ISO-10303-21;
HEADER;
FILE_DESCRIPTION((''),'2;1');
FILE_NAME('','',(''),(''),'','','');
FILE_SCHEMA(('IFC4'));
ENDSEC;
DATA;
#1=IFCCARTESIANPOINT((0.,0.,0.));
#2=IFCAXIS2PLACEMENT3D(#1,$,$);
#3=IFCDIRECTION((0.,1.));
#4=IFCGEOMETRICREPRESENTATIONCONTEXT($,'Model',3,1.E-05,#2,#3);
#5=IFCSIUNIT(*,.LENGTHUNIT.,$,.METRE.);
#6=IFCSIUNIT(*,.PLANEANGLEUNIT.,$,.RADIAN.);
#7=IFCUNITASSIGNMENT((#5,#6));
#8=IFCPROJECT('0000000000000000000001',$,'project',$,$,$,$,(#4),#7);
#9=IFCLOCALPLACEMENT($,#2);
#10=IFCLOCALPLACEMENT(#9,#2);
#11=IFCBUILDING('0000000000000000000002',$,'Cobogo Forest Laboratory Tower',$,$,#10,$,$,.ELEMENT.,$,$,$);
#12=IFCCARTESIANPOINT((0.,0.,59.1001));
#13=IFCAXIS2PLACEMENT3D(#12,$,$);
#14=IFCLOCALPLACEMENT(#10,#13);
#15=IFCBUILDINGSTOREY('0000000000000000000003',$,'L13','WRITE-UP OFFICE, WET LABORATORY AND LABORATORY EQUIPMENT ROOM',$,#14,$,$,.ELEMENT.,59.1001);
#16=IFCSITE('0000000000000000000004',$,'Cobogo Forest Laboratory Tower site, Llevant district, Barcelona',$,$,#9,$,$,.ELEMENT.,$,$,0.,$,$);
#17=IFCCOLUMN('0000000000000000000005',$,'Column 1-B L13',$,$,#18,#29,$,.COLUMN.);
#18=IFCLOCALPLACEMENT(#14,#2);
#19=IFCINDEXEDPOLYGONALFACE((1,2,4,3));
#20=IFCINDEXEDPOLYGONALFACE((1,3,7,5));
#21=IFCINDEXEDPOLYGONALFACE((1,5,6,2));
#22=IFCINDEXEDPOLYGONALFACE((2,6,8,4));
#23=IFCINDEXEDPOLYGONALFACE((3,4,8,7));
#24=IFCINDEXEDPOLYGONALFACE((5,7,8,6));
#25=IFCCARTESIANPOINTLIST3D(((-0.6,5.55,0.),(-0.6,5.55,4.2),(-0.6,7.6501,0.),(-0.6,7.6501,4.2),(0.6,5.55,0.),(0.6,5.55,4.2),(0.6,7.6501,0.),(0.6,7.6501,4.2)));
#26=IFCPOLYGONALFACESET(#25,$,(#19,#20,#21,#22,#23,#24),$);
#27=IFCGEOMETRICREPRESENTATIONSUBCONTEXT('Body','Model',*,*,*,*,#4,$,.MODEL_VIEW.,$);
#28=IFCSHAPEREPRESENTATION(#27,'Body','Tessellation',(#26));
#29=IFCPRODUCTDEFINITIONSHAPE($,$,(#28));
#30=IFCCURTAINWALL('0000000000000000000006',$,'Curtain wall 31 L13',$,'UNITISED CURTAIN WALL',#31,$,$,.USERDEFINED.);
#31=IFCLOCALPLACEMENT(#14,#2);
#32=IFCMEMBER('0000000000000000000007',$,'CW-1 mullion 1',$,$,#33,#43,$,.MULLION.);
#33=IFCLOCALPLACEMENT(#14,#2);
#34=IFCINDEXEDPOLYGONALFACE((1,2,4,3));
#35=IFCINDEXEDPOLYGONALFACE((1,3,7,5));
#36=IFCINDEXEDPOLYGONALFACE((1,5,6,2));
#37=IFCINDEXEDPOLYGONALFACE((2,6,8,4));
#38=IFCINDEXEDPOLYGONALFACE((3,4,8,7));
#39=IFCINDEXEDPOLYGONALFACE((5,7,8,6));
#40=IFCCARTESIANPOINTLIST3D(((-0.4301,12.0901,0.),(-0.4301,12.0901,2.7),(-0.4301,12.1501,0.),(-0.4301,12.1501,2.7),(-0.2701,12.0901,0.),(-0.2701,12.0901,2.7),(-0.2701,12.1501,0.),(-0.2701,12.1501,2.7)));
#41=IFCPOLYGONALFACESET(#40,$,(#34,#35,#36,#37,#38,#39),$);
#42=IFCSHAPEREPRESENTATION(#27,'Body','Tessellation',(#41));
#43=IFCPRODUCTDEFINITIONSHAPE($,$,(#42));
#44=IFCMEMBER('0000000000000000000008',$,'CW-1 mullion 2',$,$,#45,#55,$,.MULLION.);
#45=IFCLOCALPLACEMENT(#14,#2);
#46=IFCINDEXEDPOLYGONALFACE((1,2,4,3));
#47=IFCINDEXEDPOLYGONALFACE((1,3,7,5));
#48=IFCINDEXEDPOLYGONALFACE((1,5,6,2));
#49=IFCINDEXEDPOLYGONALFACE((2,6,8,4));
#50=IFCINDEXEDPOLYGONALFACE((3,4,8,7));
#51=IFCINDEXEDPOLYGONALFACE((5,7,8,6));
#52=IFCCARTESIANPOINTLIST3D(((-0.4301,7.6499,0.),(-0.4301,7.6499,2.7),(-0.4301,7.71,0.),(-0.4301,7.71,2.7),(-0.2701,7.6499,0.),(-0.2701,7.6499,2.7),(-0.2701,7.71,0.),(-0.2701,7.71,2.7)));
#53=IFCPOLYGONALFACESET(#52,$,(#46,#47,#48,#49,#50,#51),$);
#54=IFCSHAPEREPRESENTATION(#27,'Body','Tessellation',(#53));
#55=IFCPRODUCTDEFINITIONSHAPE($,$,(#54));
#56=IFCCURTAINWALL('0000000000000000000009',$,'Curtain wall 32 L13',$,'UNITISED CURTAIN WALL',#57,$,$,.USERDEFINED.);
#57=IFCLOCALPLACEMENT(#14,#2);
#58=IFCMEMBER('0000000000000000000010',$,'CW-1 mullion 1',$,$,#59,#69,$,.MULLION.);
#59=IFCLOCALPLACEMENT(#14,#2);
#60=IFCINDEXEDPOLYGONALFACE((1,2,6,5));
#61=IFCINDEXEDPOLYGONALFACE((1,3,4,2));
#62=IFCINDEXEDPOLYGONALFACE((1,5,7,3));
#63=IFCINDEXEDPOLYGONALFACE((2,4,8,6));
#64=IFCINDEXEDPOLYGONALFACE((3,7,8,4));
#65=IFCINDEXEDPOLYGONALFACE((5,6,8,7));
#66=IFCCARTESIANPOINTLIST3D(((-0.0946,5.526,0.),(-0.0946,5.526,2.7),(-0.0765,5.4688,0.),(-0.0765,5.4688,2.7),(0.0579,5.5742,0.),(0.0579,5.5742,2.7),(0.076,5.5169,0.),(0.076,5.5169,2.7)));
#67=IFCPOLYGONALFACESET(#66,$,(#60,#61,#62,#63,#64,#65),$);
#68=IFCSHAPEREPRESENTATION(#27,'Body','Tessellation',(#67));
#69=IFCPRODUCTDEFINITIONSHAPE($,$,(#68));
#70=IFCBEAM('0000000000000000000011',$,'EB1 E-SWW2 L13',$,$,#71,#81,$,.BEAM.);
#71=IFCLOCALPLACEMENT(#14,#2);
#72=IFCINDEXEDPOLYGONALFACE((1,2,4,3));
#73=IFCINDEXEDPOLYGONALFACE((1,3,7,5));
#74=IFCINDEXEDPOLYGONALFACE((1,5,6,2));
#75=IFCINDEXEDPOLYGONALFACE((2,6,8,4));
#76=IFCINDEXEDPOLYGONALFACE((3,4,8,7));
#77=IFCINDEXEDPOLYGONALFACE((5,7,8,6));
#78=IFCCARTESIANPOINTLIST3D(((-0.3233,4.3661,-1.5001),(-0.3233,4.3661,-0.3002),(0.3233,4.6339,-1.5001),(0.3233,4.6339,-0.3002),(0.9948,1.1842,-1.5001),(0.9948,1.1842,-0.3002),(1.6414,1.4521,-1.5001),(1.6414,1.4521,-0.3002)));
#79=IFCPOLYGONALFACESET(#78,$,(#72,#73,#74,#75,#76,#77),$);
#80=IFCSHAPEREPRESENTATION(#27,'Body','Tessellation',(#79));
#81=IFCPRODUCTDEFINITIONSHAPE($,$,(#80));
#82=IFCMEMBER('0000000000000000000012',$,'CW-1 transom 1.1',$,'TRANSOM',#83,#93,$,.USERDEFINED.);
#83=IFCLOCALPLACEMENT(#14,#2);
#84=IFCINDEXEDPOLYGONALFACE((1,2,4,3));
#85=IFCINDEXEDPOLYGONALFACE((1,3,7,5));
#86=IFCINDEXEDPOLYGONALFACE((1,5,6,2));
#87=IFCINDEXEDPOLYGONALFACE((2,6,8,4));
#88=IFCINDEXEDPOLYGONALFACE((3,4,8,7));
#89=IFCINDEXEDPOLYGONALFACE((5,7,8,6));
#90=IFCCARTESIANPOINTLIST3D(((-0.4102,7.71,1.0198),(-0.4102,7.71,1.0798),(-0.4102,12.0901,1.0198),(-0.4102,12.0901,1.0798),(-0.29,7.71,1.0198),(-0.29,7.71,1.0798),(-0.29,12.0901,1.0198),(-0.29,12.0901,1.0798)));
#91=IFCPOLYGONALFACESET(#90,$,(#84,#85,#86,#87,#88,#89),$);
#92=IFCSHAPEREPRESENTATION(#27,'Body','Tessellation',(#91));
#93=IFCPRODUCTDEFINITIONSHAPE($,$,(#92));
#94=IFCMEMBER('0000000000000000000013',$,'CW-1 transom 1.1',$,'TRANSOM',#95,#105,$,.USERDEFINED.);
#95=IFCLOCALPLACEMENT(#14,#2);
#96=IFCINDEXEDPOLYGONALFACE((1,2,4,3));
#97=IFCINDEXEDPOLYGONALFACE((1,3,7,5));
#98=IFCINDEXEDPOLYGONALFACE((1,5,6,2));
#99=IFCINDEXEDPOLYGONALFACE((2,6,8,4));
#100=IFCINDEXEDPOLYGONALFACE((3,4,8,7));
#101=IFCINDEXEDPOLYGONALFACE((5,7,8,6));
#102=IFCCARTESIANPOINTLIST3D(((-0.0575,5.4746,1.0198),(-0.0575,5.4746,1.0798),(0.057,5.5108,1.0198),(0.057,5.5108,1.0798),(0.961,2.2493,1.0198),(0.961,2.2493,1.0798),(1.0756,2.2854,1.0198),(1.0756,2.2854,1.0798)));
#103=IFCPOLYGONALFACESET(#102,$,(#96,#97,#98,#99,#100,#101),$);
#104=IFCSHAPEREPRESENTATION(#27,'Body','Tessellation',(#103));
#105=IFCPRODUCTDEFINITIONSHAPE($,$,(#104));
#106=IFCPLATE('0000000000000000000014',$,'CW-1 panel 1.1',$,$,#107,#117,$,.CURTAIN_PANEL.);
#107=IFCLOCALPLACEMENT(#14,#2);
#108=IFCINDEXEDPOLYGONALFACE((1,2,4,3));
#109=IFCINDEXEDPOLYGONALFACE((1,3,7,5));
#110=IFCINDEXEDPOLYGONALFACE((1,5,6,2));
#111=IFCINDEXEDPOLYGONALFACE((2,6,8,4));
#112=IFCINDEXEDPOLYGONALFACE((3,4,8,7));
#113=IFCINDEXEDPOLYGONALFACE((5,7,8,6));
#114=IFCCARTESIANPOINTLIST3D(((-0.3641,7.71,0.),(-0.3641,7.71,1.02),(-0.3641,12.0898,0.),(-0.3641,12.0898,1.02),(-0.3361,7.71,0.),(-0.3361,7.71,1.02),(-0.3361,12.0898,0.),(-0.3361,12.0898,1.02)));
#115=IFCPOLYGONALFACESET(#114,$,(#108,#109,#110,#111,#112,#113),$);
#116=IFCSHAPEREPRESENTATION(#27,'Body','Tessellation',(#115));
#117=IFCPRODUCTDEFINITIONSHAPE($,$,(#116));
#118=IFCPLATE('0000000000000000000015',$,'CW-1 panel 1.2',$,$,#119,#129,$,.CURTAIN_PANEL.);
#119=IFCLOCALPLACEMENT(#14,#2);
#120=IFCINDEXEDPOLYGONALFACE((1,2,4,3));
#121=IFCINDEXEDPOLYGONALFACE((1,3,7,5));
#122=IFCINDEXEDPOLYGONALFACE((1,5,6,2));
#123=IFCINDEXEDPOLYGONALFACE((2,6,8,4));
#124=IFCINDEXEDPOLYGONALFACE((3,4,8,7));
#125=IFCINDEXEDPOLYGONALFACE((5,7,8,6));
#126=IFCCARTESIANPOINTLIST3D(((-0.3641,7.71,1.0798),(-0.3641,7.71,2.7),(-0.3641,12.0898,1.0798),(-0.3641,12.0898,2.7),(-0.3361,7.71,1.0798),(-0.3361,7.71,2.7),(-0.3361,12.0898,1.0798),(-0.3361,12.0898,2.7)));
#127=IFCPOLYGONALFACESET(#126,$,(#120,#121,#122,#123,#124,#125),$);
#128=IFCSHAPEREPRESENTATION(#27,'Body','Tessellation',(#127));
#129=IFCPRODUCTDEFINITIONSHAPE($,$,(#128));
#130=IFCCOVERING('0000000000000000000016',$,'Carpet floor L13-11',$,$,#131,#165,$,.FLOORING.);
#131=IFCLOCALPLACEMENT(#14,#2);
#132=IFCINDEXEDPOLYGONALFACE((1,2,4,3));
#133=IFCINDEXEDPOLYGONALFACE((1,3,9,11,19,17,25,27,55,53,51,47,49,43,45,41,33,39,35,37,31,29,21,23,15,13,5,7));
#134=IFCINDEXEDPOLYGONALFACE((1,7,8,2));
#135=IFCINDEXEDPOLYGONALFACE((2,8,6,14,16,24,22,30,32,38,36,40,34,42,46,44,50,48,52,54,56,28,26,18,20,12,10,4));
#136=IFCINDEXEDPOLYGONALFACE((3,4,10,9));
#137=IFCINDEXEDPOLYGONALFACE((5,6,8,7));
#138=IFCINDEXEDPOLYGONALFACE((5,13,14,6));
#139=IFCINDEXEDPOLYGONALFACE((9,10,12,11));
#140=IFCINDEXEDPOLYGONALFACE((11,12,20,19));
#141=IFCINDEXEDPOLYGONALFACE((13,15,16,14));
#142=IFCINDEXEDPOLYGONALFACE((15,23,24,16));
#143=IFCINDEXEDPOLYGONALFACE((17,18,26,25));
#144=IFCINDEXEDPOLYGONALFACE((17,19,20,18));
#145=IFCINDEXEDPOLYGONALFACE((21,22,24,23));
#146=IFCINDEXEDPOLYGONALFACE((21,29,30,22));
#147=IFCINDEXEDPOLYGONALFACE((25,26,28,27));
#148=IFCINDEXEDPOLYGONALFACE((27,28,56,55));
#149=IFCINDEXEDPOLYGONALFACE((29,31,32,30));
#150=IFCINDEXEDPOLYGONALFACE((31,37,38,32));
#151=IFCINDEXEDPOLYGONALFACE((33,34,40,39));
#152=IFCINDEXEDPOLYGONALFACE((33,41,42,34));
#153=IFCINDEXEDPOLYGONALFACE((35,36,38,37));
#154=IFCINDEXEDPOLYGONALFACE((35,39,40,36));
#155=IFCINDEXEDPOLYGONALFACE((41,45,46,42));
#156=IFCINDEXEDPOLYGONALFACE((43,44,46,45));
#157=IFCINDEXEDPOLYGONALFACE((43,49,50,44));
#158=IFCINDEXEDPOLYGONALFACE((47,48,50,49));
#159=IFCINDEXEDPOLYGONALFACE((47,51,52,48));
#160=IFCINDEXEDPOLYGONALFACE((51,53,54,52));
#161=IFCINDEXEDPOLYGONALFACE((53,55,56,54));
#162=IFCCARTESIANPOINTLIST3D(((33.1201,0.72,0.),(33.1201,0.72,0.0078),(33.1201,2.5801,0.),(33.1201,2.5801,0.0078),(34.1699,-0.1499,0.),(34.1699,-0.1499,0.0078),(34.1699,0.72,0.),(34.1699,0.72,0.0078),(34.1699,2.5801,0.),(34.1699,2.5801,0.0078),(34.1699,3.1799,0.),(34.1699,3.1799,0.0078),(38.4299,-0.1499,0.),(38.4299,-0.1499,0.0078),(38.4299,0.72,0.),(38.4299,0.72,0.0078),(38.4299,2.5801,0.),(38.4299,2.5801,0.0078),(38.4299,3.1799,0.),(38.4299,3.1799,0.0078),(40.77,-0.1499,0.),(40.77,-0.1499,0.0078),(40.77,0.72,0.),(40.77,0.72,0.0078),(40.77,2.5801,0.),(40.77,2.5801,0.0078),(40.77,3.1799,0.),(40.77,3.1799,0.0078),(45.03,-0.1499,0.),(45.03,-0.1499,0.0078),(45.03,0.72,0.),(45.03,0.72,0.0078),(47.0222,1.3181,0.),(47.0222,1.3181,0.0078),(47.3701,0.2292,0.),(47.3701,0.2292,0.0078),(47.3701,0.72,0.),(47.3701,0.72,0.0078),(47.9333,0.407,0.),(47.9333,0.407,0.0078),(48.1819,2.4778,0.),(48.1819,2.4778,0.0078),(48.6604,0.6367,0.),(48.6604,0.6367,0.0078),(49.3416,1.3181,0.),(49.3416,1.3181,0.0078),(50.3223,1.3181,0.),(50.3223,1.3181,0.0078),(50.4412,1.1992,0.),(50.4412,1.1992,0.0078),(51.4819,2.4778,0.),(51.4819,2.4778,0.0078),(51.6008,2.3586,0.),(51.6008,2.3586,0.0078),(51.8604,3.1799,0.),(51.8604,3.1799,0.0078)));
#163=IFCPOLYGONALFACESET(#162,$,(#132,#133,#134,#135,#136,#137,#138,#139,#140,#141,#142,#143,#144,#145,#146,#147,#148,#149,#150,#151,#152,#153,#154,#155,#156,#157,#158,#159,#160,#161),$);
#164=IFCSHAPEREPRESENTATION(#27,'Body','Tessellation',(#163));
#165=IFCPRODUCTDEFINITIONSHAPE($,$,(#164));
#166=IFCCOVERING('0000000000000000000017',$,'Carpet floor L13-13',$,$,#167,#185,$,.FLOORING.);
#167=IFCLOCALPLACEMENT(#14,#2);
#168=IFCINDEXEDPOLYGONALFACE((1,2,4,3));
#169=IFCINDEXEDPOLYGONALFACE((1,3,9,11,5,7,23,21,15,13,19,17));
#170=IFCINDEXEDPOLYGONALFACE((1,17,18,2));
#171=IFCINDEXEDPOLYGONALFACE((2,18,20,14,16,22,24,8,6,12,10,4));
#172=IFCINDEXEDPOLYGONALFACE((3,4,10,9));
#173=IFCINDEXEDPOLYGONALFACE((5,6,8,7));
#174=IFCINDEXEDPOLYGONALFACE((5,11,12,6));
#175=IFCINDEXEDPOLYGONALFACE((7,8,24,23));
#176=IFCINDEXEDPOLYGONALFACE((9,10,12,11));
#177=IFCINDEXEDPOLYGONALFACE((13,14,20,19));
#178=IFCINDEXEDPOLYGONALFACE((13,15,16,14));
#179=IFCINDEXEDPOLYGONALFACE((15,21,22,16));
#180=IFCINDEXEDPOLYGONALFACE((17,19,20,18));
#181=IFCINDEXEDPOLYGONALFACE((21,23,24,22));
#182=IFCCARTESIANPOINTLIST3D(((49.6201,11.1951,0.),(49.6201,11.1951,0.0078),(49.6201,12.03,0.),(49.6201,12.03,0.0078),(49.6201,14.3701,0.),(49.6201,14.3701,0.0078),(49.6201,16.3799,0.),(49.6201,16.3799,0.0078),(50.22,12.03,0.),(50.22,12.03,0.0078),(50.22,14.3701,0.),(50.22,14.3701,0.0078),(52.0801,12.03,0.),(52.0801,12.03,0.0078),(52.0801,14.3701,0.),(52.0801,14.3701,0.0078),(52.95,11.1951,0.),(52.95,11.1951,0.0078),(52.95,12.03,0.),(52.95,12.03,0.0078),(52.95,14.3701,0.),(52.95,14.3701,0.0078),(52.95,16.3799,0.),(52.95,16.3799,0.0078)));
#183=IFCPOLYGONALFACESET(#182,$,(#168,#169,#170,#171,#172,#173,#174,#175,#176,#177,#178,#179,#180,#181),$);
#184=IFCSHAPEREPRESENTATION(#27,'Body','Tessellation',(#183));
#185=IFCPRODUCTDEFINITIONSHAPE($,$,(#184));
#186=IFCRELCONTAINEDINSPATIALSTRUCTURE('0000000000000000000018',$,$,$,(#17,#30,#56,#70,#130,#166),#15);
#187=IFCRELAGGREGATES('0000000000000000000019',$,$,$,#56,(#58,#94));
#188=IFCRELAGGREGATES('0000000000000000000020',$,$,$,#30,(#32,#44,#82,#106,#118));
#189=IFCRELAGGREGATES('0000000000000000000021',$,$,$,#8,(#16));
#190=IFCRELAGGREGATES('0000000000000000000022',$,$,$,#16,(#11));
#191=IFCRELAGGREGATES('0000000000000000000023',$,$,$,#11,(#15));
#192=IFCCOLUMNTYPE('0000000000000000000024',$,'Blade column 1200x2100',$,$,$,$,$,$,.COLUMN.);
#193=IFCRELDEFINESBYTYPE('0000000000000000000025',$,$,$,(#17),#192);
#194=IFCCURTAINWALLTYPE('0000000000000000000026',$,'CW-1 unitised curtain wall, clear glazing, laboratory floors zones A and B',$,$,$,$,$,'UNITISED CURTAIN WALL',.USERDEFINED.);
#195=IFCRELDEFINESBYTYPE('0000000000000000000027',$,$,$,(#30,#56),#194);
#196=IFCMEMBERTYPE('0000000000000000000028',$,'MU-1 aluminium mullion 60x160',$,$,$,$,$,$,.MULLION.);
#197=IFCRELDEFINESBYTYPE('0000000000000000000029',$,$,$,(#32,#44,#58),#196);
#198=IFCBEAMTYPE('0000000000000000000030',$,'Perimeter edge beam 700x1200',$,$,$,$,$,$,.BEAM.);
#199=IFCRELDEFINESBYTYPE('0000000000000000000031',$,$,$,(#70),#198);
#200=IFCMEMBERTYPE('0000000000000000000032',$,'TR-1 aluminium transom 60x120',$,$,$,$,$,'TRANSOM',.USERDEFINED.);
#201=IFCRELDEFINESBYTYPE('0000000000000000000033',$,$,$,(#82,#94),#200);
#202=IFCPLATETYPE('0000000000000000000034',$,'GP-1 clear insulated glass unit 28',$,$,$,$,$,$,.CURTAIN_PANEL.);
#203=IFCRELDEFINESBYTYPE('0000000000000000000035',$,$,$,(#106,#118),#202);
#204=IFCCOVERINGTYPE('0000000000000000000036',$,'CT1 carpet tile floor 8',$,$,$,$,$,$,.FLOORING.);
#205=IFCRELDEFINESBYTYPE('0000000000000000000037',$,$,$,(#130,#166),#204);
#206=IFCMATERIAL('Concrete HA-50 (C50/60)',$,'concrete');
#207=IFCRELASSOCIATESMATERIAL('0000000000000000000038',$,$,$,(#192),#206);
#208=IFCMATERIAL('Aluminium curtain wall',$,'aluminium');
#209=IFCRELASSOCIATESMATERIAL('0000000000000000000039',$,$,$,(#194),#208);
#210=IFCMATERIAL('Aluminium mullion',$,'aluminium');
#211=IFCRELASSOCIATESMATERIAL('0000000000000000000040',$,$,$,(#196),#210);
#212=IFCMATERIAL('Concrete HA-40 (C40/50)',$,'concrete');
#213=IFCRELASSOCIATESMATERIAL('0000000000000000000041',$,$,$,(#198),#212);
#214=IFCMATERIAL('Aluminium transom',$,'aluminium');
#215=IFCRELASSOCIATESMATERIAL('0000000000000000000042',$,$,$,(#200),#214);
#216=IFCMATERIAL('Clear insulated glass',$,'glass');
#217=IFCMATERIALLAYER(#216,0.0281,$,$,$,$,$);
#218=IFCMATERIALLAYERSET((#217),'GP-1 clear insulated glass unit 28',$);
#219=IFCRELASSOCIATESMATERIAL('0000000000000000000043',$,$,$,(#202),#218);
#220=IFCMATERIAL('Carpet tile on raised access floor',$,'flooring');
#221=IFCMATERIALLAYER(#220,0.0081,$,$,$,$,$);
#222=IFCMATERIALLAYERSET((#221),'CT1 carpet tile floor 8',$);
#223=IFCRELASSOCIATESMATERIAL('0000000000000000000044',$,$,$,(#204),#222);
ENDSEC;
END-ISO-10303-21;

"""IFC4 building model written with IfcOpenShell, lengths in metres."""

from ifc_helpers import new_model, si_unit, direction, frame, origin, origin_2d, place, context, subcontext, project, spatial, polyline, rectangle, outline, extrude, material, layer, layer_set, material_profile, profile_set, type_object, element, aggregate, save


model = new_model("IFC4")

# Units and contexts
model_context = context("Model", 3, precision=1e-05, world=origin(), true_north=direction((0.0, 1.0)))
body_context = subcontext(model_context, "Body", "Model", "MODEL_VIEW")
ifc_project = project(units=[si_unit("LENGTHUNIT", "METRE"), si_unit("PLANEANGLEUNIT", "RADIAN")], contexts=[model_context])

# Site, building, storey
site_placement = place(None, origin())
site = spatial("IfcSite", under=ifc_project, at=site_placement, Name="Cobogo Forest Laboratory Tower site, Llevant district, Barcelona", CompositionType="ELEMENT", RefElevation=0.0)
building_placement = place(site_placement, origin())
building = spatial("IfcBuilding", under=site, at=building_placement, Name="Cobogo Forest Laboratory Tower", CompositionType="ELEMENT")
storey_placement = place(building_placement, frame((0.0, 0.0, 59.1001)))
storey = spatial("IfcBuildingStorey", under=building, at=storey_placement, Name="L13", Description="WRITE-UP OFFICE, WET LABORATORY AND LABORATORY EQUIPMENT ROOM", CompositionType="ELEMENT", Elevation=59.1001)

# Column
ifc_material_1 = material(Name="Concrete HA-50 (C50/60)", Category="concrete")
ifc_material_profile_1 = material_profile(ifc_material_1, rectangle(XDim=2.1001, YDim=1.2, at=origin_2d()), Name="RC 1200x2100")
ifc_profile_set_1 = profile_set([ifc_material_profile_1], Name="Concrete HA-50 (C50/60)")
column_type = type_object("IfcColumnType", Name="Blade column 1200x2100", PredefinedType="COLUMN", material=ifc_profile_set_1)
column_placement = place(storey_placement, frame((0.0, 6.6001, 0.0), z_axis=(0.0, 0.0, 1.0), x_axis=(0.0, 1.0, 0.0)))
element("IfcColumn", 1, at=column_placement, inside=storey, type_object=column_type, Name="Column 1-B L13", PredefinedType="COLUMN", context=body_context, shape_type="SweptSolid", body=[
    extrude(rectangle(XDim=2.1001, YDim=1.2, at=origin_2d()), origin(), (0.0, 0.0, 1.0), 4.2),
])

# Curtain wall, members
ifc_material_2 = material(Name="Aluminium curtain wall", Category="aluminium")
curtain_wall_type = type_object("IfcCurtainWallType", Name="CW-1 unitised curtain wall, clear glazing, laboratory floors zones A and B", ElementType="UNITISED CURTAIN WALL", PredefinedType="USERDEFINED", material=ifc_material_2)
curtain_wall_1_placement = place(storey_placement, origin())
curtain_wall_1 = element("IfcCurtainWall", 2, at=curtain_wall_1_placement, inside=storey, type_object=curtain_wall_type, Name="Curtain wall 31 L13", ObjectType="UNITISED CURTAIN WALL", PredefinedType="USERDEFINED")
ifc_material_3 = material(Name="Aluminium mullion", Category="aluminium")
ifc_material_profile_2 = material_profile(ifc_material_3, rectangle(XDim=0.0601, YDim=0.1599, at=origin_2d()), Name="AL 60x160")
ifc_profile_set_2 = profile_set([ifc_material_profile_2], Name="Aluminium mullion")
member_type_1 = type_object("IfcMemberType", Name="MU-1 aluminium mullion 60x160", PredefinedType="MULLION", material=ifc_profile_set_2)
member_1_placement = place(storey_placement, frame((-0.3501, 12.1201, 0.0), z_axis=(0.0, 0.0, 1.0), x_axis=(0.0, -1.0, 0.0)))
member_1 = element("IfcMember", 3, at=member_1_placement, type_object=member_type_1, Name="CW-1 mullion 1", PredefinedType="MULLION", context=body_context, shape_type="SweptSolid", body=[
    extrude(rectangle(XDim=0.0601, YDim=0.1599, at=origin_2d()), origin(), (0.0, 0.0, 1.0), 2.7),
])
member_2_placement = place(storey_placement, frame((-0.3501, 7.6799, 0.0), z_axis=(0.0, 0.0, 1.0), x_axis=(0.0, -1.0, 0.0)))
member_2 = element("IfcMember", 4, at=member_2_placement, type_object=member_type_1, Name="CW-1 mullion 2", PredefinedType="MULLION", context=body_context, shape_type="SweptSolid", body=[
    extrude(rectangle(XDim=0.0601, YDim=0.1599, at=origin_2d()), origin(), (0.0, 0.0, 1.0), 2.7),
])

# Curtain wall, member
curtain_wall_2_placement = place(storey_placement, origin())
curtain_wall_2 = element("IfcCurtainWall", 5, at=curtain_wall_2_placement, inside=storey, type_object=curtain_wall_type, Name="Curtain wall 32 L13", ObjectType="UNITISED CURTAIN WALL", PredefinedType="USERDEFINED")
member_3_placement = place(storey_placement, frame((-0.0093, 5.5215, 0.0), z_axis=(0.0, 0.0, 1.0), x_axis=(0.301135, -0.953581, 0.0)))
member_3 = element("IfcMember", 6, at=member_3_placement, type_object=member_type_1, Name="CW-1 mullion 1", PredefinedType="MULLION", context=body_context, shape_type="SweptSolid", body=[
    extrude(rectangle(XDim=0.0601, YDim=0.1599, at=origin_2d()), origin(), (0.0, 0.0, 1.0), 2.7),
])

# Beam
ifc_material_4 = material(Name="Concrete HA-40 (C40/50)", Category="concrete")
ifc_material_profile_3 = material_profile(ifc_material_4, rectangle(XDim=0.7, YDim=1.2, at=origin_2d()), Name="RC 700x1200")
ifc_profile_set_3 = profile_set([ifc_material_profile_3], Name="Concrete HA-40 (C40/50)")
beam_type = type_object("IfcBeamType", Name="Perimeter edge beam 700x1200", PredefinedType="BEAM", material=ifc_profile_set_3)
beam_placement = place(storey_placement, frame((0.0, 4.5, -0.9001), z_axis=(0.382717, -0.923866, 0.0), x_axis=(0.923866, 0.382717, 0.0)))
element("IfcBeam", 7, at=beam_placement, inside=storey, type_object=beam_type, Name="EB1 E-SWW2 L13", PredefinedType="BEAM", context=body_context, shape_type="SweptSolid", body=[
    extrude(rectangle(XDim=0.7, YDim=1.2, at=origin_2d()), origin(), (0.0, 0.0, 1.0), 3.4441),
])

# Members
ifc_material_5 = material(Name="Aluminium transom", Category="aluminium")
ifc_material_profile_4 = material_profile(ifc_material_5, rectangle(XDim=0.1201, YDim=0.0601, at=origin_2d()), Name="AL 60x120")
ifc_profile_set_4 = profile_set([ifc_material_profile_4], Name="Aluminium transom")
member_type_2 = type_object("IfcMemberType", Name="TR-1 aluminium transom 60x120", ElementType="TRANSOM", PredefinedType="USERDEFINED", material=ifc_profile_set_4)
member_4_placement = place(storey_placement, frame((-0.3501, 12.0901, 1.0498), z_axis=(0.0, -1.0, 0.0), x_axis=(1.0, 0.0, 0.0)))
member_4 = element("IfcMember", 8, at=member_4_placement, type_object=member_type_2, Name="CW-1 transom 1.1", ObjectType="TRANSOM", PredefinedType="USERDEFINED", context=body_context, shape_type="SweptSolid", body=[
    extrude(rectangle(XDim=0.1201, YDim=0.0601, at=origin_2d()), origin(), (0.0, 0.0, 1.0), 4.3801),
])
member_5_placement = place(storey_placement, frame((-0.0002, 5.4927, 1.0498), z_axis=(0.301138, -0.95358, 0.0), x_axis=(0.95358, 0.301138, 0.0)))
member_5 = element("IfcMember", 9, at=member_5_placement, type_object=member_type_2, Name="CW-1 transom 1.1", ObjectType="TRANSOM", PredefinedType="USERDEFINED", context=body_context, shape_type="SweptSolid", body=[
    extrude(rectangle(XDim=0.1201, YDim=0.0601, at=origin_2d()), origin(), (0.0, 0.0, 1.0), 3.3823),
])
aggregate(curtain_wall_2, [member_3, member_5])

# Plates
ifc_material_6 = material(Name="Clear insulated glass", Category="glass")
ifc_layer_1 = layer(ifc_material_6, 0.0281)
ifc_layer_set_1 = layer_set([ifc_layer_1], Name="GP-1 clear insulated glass unit 28")
plate_type_1 = type_object("IfcPlateType", Name="GP-1 clear insulated glass unit 28", PredefinedType="CURTAIN_PANEL", material=ifc_layer_set_1)
plate_1_placement = place(storey_placement, frame((-0.3501, 9.8999, 0.0), z_axis=(0.0, 0.0, 1.0), x_axis=(0.0, -1.0, 0.0)))
plate_1 = element("IfcPlate", 10, at=plate_1_placement, type_object=plate_type_1, Name="CW-1 panel 1.1", PredefinedType="CURTAIN_PANEL", context=body_context, shape_type="SweptSolid", body=[
    extrude(rectangle(XDim=4.3799, YDim=0.0281, at=origin_2d()), origin(), (0.0, 0.0, 1.0), 1.02),
])
plate_2_placement = place(storey_placement, frame((-0.3501, 9.8999, 1.0798), z_axis=(0.0, 0.0, 1.0), x_axis=(0.0, -1.0, 0.0)))
plate_2 = element("IfcPlate", 11, at=plate_2_placement, type_object=plate_type_1, Name="CW-1 panel 1.2", PredefinedType="CURTAIN_PANEL", context=body_context, shape_type="SweptSolid", body=[
    extrude(rectangle(XDim=4.3799, YDim=0.0281, at=origin_2d()), origin(), (0.0, 0.0, 1.0), 1.6201),
])
aggregate(curtain_wall_1, [member_1, member_2, member_4, plate_1, plate_2])

# Coverings
ifc_material_7 = material(Name="Carpet tile on raised access floor", Category="flooring")
ifc_layer_2 = layer(ifc_material_7, 0.0081)
ifc_layer_set_2 = layer_set([ifc_layer_2], Name="CT1 carpet tile floor 8")
covering_type_1 = type_object("IfcCoveringType", Name="CT1 carpet tile floor 8", PredefinedType="FLOORING", material=ifc_layer_set_2)
covering_1_placement = place(storey_placement, origin())
element("IfcCovering", 12, at=covering_1_placement, inside=storey, type_object=covering_type_1, Name="Carpet floor L13-11", PredefinedType="FLOORING", context=body_context, shape_type="SweptSolid", body=[
    extrude(outline(polyline([(38.4299, 3.1799), (38.4299, 2.5801), (40.77, 2.5801), (40.77, 3.1799), (51.8604, 3.1799), (51.6008, 2.3586), (51.4819, 2.4778), (50.3223, 1.3181), (50.4412, 1.1992), (48.6604, 0.6367), (49.3416, 1.3181), (48.1819, 2.4778), (47.0222, 1.3181), (47.9333, 0.407), (47.3701, 0.2292), (47.3701, 0.72), (45.03, 0.72), (45.03, -0.1499), (40.77, -0.1499), (40.77, 0.72), (38.4299, 0.72), (38.4299, -0.1499), (34.1699, -0.1499), (34.1699, 0.72), (33.1201, 0.72), (33.1201, 2.5801), (34.1699, 2.5801), (34.1699, 3.1799), (38.4299, 3.1799)])), origin(), (0.0, 0.0, 1.0), 0.0078),
])
covering_2_placement = place(storey_placement, origin())
element("IfcCovering", 13, at=covering_2_placement, inside=storey, type_object=covering_type_1, Name="Carpet floor L13-13", PredefinedType="FLOORING", context=body_context, shape_type="SweptSolid", body=[
    extrude(outline(polyline([(49.6201, 12.03), (50.22, 12.03), (50.22, 14.3701), (49.6201, 14.3701), (49.6201, 16.3799), (52.95, 16.3799), (52.95, 14.3701), (52.0801, 14.3701), (52.0801, 12.03), (52.95, 12.03), (52.95, 11.1951), (49.6201, 11.1951), (49.6201, 12.03)])), origin(), (0.0, 0.0, 1.0), 0.0078),
])

save(model, "model.ifc")
